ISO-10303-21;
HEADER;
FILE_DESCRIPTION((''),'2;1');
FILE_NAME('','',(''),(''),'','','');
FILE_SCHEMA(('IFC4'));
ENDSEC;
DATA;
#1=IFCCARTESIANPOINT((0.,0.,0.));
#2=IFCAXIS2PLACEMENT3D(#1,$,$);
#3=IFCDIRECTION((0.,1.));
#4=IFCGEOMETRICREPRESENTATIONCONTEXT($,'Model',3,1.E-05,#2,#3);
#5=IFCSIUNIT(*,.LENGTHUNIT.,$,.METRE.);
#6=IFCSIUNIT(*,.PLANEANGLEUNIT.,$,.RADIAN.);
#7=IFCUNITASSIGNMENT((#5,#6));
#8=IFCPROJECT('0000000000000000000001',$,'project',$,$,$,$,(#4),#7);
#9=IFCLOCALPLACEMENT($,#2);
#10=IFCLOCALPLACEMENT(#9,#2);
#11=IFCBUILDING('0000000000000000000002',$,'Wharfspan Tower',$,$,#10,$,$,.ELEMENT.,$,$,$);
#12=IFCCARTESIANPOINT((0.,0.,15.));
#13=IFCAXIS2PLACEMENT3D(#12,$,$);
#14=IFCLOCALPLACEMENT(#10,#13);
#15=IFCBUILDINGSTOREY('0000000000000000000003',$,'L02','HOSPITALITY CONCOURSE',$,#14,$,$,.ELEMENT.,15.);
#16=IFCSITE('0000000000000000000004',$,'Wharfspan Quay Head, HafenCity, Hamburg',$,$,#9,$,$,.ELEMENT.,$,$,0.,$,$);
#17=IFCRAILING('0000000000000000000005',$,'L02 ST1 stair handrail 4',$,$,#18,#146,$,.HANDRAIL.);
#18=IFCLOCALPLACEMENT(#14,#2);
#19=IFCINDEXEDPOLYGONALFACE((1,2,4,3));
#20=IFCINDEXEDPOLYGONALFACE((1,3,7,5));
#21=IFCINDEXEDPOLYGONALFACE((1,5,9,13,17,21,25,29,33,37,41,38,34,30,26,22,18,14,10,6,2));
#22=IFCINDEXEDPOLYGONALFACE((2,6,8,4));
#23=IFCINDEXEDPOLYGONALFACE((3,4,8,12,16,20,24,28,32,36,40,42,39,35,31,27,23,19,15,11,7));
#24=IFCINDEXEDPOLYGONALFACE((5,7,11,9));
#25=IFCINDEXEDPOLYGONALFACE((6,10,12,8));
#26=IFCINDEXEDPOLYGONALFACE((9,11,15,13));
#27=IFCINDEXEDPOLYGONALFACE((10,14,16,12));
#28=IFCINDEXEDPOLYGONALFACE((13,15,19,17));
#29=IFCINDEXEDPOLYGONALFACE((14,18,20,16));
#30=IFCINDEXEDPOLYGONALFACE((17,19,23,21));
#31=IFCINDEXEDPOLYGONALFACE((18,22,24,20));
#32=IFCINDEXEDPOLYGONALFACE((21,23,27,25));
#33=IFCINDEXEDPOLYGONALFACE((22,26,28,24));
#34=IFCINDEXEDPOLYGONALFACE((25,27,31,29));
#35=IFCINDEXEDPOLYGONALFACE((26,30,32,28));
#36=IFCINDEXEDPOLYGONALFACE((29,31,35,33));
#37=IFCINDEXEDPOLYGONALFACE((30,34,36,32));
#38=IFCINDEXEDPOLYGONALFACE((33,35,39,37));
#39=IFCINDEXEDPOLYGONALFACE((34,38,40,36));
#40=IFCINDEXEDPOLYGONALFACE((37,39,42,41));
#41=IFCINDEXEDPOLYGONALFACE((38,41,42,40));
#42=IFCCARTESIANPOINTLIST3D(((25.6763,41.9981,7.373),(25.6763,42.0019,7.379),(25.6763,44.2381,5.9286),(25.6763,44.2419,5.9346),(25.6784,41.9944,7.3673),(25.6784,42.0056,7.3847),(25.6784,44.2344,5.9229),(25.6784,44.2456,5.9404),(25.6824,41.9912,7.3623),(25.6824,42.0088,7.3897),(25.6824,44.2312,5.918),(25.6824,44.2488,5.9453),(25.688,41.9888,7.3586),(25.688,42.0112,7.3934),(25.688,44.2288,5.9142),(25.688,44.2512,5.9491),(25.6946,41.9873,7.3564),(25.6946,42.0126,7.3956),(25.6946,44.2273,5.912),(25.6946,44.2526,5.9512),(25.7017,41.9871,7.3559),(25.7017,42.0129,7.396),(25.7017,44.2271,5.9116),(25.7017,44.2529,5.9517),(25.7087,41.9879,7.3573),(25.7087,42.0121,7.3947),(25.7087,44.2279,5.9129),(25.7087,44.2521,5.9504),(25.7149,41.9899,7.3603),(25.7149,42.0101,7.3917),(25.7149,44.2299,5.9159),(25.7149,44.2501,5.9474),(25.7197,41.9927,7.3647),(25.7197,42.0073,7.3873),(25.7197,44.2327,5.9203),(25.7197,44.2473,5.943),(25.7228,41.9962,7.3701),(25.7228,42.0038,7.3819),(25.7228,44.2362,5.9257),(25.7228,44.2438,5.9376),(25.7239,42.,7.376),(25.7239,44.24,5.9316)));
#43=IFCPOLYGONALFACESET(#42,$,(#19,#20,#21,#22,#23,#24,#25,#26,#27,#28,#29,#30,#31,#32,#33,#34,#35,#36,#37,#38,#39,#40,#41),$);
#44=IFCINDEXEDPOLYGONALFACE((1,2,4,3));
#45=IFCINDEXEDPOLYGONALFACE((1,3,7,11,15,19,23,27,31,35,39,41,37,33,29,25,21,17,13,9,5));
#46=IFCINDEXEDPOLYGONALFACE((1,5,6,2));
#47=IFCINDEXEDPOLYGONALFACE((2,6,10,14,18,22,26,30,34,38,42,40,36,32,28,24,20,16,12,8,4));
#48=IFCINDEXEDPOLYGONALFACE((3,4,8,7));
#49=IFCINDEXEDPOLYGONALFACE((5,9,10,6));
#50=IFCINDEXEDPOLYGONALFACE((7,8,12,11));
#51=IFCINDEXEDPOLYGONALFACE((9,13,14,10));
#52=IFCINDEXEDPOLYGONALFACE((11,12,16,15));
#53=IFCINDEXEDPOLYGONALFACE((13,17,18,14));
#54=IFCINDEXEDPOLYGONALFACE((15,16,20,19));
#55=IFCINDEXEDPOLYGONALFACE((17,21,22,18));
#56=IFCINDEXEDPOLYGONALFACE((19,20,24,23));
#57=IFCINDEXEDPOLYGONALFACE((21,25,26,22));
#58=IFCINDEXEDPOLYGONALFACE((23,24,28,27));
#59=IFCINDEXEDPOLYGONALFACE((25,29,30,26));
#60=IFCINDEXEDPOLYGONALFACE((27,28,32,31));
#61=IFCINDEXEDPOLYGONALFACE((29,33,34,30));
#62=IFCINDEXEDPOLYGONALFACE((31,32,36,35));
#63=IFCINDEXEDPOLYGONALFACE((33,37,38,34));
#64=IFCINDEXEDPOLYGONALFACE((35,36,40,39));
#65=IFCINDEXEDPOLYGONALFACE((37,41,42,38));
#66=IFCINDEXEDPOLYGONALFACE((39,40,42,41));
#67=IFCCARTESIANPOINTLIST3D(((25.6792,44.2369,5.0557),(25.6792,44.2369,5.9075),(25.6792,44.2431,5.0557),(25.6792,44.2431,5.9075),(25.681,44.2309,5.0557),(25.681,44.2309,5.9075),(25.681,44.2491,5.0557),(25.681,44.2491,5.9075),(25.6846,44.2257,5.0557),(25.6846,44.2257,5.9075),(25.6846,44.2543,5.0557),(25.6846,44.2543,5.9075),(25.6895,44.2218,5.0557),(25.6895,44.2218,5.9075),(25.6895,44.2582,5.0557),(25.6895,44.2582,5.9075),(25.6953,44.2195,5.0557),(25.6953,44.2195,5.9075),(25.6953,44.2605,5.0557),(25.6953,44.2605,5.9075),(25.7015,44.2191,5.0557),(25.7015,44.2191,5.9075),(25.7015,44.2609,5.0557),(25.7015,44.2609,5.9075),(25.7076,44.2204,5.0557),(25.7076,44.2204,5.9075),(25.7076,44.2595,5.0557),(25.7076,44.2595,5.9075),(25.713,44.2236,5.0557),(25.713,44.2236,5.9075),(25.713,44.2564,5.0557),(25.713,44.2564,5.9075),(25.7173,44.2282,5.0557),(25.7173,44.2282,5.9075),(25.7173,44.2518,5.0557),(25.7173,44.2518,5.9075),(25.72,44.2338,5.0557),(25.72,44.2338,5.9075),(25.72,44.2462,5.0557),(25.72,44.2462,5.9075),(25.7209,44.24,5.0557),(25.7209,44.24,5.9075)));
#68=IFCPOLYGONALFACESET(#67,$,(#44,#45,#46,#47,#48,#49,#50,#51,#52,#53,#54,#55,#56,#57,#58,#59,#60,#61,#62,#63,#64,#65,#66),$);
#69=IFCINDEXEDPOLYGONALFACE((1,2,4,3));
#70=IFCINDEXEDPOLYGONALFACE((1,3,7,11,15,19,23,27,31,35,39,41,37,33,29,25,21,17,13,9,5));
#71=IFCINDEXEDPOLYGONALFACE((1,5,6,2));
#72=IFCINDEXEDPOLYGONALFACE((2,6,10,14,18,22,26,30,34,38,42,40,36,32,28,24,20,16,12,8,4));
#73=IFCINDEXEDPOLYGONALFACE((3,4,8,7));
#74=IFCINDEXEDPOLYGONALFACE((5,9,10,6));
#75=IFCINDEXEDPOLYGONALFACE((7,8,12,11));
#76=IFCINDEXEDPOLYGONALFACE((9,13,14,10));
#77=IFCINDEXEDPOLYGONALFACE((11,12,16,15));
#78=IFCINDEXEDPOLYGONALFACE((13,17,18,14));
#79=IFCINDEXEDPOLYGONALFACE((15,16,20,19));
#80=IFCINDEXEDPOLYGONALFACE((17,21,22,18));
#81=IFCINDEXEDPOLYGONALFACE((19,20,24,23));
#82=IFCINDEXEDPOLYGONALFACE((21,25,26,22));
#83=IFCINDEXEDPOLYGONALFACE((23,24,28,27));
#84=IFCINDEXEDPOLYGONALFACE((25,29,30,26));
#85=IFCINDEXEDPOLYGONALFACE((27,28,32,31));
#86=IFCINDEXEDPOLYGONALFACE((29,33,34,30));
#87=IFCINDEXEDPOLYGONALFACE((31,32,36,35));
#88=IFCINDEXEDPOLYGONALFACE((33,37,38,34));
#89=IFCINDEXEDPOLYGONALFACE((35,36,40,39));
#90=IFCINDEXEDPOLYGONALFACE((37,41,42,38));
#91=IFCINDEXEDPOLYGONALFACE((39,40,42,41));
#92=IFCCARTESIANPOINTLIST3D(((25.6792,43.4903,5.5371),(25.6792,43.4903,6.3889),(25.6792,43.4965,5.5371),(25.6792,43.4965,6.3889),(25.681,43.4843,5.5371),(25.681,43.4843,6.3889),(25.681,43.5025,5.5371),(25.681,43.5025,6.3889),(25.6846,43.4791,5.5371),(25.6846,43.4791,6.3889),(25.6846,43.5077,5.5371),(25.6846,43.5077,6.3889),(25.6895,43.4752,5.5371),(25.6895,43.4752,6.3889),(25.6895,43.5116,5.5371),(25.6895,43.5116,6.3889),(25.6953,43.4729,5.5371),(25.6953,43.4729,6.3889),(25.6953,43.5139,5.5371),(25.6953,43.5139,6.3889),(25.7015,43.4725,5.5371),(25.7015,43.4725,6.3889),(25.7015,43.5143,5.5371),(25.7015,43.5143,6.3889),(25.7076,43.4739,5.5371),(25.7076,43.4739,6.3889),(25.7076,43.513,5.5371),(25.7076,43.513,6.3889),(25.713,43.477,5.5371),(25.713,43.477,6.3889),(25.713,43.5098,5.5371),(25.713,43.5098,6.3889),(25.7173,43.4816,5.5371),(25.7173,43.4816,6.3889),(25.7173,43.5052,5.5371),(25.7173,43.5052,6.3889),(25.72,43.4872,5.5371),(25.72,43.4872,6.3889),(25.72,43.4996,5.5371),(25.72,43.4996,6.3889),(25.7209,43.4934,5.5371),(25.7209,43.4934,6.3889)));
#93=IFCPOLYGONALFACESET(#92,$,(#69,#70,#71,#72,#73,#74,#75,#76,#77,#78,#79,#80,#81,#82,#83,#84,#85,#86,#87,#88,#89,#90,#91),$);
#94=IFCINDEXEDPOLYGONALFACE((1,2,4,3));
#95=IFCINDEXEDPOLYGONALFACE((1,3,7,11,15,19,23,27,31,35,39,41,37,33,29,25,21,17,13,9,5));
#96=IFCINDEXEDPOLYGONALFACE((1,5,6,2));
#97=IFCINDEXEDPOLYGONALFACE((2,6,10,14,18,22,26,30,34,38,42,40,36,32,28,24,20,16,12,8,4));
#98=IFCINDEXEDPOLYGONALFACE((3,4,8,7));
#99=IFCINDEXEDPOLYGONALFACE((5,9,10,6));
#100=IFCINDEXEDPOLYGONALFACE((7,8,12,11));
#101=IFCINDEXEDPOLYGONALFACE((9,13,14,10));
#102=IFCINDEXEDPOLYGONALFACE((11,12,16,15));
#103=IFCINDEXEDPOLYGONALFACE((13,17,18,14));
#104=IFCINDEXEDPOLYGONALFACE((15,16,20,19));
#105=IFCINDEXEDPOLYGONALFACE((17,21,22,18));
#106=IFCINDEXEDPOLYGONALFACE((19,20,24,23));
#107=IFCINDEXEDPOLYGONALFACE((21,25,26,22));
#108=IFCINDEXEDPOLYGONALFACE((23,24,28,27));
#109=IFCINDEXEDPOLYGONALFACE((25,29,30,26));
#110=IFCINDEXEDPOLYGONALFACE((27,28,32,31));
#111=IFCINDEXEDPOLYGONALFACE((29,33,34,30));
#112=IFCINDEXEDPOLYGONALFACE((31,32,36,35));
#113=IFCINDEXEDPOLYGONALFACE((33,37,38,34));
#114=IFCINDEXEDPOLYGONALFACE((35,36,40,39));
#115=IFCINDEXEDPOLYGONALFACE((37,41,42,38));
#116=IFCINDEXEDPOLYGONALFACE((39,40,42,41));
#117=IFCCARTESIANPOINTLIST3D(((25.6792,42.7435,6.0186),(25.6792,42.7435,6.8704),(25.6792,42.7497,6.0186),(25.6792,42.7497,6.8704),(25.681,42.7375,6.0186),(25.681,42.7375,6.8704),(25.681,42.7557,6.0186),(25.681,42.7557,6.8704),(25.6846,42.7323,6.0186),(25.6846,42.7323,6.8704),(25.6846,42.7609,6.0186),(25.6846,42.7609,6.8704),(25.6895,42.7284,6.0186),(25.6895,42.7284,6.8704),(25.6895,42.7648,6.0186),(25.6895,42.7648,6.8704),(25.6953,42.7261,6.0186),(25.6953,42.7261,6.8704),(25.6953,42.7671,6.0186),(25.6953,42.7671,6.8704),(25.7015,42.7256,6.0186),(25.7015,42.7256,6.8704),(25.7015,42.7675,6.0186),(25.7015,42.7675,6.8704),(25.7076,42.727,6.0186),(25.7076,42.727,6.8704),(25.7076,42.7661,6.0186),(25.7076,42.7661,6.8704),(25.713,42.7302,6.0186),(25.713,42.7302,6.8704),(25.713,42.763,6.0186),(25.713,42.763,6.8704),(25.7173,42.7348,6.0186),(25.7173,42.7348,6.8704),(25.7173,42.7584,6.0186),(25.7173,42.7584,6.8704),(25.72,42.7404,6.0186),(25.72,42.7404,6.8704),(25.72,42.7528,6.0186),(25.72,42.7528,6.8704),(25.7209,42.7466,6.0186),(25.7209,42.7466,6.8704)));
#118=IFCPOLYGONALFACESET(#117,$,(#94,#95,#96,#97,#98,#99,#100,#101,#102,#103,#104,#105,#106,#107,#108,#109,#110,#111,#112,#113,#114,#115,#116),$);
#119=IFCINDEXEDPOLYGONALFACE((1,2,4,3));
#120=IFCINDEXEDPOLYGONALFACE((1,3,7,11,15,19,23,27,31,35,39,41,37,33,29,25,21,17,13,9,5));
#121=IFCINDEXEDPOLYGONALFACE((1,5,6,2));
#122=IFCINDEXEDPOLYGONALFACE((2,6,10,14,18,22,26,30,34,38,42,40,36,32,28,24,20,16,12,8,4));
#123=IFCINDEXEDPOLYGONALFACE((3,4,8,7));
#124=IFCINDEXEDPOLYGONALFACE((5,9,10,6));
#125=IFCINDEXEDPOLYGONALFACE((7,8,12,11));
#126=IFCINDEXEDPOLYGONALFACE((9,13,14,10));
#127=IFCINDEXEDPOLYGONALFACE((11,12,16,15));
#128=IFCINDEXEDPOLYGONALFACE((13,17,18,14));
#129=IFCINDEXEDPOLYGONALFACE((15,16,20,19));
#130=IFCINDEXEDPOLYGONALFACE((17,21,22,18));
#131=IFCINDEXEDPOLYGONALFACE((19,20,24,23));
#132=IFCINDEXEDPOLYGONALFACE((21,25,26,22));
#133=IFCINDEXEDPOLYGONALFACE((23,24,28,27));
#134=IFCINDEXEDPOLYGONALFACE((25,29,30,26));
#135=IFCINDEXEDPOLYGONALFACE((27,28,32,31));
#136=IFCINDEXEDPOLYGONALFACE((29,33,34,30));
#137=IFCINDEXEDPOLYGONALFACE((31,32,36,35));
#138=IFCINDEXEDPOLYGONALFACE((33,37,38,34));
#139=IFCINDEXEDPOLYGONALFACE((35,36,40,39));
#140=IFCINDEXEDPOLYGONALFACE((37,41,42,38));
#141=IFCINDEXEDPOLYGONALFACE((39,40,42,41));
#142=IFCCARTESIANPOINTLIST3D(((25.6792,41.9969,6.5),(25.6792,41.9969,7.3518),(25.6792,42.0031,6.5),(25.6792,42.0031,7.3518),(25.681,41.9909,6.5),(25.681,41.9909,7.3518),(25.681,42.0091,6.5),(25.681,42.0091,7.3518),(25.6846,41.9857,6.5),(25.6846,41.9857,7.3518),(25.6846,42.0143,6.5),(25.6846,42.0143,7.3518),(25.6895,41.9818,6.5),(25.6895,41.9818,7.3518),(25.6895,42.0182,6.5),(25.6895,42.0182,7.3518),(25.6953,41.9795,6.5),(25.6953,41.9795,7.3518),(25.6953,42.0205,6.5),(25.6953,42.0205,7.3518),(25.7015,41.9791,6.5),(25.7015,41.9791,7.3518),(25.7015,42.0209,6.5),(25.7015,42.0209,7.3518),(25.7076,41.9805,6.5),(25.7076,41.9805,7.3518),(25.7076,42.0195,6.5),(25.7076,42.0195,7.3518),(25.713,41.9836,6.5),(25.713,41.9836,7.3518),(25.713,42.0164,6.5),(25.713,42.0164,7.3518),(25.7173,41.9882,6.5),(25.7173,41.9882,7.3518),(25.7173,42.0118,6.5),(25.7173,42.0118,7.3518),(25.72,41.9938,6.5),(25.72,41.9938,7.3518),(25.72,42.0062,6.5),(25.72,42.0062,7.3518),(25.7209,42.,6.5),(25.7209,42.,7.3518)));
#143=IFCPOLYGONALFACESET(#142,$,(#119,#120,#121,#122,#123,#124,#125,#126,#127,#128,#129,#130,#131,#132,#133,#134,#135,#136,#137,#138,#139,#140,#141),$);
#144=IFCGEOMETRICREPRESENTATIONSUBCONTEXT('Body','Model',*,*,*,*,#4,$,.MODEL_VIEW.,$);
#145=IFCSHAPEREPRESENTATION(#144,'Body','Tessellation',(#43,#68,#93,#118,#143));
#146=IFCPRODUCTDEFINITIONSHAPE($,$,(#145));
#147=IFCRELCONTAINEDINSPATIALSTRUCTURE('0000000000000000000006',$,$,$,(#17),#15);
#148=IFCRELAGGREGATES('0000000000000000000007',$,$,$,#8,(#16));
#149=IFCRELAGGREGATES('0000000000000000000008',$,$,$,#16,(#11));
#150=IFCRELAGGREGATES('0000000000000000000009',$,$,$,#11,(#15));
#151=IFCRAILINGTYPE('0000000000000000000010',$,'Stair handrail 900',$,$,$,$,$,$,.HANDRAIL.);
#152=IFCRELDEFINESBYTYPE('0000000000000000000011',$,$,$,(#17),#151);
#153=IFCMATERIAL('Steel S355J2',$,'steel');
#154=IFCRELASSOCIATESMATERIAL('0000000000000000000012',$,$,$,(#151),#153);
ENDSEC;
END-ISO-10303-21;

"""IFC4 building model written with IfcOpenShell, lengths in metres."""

from ifc_helpers import new_model, si_unit, direction, frame, origin, origin_2d, place, context, subcontext, project, spatial, circle, extrude, material, type_object, element, save


model = new_model("IFC4")

# Units and contexts
model_context = context("Model", 3, precision=1e-05, world=origin(), true_north=direction((0.0, 1.0)))
body_context = subcontext(model_context, "Body", "Model", "MODEL_VIEW")
ifc_project = project(units=[si_unit("LENGTHUNIT", "METRE"), si_unit("PLANEANGLEUNIT", "RADIAN")], contexts=[model_context])

# Site, building, storey
site_placement = place(None, origin())
site = spatial("IfcSite", under=ifc_project, at=site_placement, Name="Wharfspan Quay Head, HafenCity, Hamburg", CompositionType="ELEMENT", RefElevation=0.0)
building_placement = place(site_placement, origin())
building = spatial("IfcBuilding", under=site, at=building_placement, Name="Wharfspan Tower", CompositionType="ELEMENT")
storey_placement = place(building_placement, frame((0.0, 0.0, 15.0)))
storey = spatial("IfcBuildingStorey", under=building, at=storey_placement, Name="L02", Description="HOSPITALITY CONCOURSE", CompositionType="ELEMENT", Elevation=15.0)

# Railing
ifc_material_1 = material(Name="Steel S355J2", Category="steel")
railing_type = type_object("IfcRailingType", Name="Stair handrail 900", PredefinedType="HANDRAIL", material=ifc_material_1)
for number, where, name in (
    (1, (25.7, 44.24, 5.0557), "L02 ST1 stair handrail 4"),
):
    element("IfcRailing", number, at=place(storey_placement, frame(where)), inside=storey, type_object=railing_type, Name=name, PredefinedType="HANDRAIL", context=body_context, shape_type="SweptSolid", body=[
        extrude(circle(Radius=0.0239, at=origin_2d()), frame((0.0, 0.0, 0.876), z_axis=(0.0, -0.840437, 0.54191), x_axis=(1.0, 0.0, 0.0)), (0.0, 0.0, 1.0), 2.6653),
        extrude(circle(Radius=0.021, at=origin_2d()), origin(), (0.0, 0.0, 1.0), 0.8518),
        extrude(circle(Radius=0.021, at=origin_2d()), frame((0.0, -0.7466, 0.4814)), (0.0, 0.0, 1.0), 0.8518),
        extrude(circle(Radius=0.021, at=origin_2d()), frame((0.0, -1.4934, 0.9629)), (0.0, 0.0, 1.0), 0.8518),
        extrude(circle(Radius=0.021, at=origin_2d()), frame((0.0, -2.24, 1.4443)), (0.0, 0.0, 1.0), 0.8518),
    ])

save(model, "model.ifc")
